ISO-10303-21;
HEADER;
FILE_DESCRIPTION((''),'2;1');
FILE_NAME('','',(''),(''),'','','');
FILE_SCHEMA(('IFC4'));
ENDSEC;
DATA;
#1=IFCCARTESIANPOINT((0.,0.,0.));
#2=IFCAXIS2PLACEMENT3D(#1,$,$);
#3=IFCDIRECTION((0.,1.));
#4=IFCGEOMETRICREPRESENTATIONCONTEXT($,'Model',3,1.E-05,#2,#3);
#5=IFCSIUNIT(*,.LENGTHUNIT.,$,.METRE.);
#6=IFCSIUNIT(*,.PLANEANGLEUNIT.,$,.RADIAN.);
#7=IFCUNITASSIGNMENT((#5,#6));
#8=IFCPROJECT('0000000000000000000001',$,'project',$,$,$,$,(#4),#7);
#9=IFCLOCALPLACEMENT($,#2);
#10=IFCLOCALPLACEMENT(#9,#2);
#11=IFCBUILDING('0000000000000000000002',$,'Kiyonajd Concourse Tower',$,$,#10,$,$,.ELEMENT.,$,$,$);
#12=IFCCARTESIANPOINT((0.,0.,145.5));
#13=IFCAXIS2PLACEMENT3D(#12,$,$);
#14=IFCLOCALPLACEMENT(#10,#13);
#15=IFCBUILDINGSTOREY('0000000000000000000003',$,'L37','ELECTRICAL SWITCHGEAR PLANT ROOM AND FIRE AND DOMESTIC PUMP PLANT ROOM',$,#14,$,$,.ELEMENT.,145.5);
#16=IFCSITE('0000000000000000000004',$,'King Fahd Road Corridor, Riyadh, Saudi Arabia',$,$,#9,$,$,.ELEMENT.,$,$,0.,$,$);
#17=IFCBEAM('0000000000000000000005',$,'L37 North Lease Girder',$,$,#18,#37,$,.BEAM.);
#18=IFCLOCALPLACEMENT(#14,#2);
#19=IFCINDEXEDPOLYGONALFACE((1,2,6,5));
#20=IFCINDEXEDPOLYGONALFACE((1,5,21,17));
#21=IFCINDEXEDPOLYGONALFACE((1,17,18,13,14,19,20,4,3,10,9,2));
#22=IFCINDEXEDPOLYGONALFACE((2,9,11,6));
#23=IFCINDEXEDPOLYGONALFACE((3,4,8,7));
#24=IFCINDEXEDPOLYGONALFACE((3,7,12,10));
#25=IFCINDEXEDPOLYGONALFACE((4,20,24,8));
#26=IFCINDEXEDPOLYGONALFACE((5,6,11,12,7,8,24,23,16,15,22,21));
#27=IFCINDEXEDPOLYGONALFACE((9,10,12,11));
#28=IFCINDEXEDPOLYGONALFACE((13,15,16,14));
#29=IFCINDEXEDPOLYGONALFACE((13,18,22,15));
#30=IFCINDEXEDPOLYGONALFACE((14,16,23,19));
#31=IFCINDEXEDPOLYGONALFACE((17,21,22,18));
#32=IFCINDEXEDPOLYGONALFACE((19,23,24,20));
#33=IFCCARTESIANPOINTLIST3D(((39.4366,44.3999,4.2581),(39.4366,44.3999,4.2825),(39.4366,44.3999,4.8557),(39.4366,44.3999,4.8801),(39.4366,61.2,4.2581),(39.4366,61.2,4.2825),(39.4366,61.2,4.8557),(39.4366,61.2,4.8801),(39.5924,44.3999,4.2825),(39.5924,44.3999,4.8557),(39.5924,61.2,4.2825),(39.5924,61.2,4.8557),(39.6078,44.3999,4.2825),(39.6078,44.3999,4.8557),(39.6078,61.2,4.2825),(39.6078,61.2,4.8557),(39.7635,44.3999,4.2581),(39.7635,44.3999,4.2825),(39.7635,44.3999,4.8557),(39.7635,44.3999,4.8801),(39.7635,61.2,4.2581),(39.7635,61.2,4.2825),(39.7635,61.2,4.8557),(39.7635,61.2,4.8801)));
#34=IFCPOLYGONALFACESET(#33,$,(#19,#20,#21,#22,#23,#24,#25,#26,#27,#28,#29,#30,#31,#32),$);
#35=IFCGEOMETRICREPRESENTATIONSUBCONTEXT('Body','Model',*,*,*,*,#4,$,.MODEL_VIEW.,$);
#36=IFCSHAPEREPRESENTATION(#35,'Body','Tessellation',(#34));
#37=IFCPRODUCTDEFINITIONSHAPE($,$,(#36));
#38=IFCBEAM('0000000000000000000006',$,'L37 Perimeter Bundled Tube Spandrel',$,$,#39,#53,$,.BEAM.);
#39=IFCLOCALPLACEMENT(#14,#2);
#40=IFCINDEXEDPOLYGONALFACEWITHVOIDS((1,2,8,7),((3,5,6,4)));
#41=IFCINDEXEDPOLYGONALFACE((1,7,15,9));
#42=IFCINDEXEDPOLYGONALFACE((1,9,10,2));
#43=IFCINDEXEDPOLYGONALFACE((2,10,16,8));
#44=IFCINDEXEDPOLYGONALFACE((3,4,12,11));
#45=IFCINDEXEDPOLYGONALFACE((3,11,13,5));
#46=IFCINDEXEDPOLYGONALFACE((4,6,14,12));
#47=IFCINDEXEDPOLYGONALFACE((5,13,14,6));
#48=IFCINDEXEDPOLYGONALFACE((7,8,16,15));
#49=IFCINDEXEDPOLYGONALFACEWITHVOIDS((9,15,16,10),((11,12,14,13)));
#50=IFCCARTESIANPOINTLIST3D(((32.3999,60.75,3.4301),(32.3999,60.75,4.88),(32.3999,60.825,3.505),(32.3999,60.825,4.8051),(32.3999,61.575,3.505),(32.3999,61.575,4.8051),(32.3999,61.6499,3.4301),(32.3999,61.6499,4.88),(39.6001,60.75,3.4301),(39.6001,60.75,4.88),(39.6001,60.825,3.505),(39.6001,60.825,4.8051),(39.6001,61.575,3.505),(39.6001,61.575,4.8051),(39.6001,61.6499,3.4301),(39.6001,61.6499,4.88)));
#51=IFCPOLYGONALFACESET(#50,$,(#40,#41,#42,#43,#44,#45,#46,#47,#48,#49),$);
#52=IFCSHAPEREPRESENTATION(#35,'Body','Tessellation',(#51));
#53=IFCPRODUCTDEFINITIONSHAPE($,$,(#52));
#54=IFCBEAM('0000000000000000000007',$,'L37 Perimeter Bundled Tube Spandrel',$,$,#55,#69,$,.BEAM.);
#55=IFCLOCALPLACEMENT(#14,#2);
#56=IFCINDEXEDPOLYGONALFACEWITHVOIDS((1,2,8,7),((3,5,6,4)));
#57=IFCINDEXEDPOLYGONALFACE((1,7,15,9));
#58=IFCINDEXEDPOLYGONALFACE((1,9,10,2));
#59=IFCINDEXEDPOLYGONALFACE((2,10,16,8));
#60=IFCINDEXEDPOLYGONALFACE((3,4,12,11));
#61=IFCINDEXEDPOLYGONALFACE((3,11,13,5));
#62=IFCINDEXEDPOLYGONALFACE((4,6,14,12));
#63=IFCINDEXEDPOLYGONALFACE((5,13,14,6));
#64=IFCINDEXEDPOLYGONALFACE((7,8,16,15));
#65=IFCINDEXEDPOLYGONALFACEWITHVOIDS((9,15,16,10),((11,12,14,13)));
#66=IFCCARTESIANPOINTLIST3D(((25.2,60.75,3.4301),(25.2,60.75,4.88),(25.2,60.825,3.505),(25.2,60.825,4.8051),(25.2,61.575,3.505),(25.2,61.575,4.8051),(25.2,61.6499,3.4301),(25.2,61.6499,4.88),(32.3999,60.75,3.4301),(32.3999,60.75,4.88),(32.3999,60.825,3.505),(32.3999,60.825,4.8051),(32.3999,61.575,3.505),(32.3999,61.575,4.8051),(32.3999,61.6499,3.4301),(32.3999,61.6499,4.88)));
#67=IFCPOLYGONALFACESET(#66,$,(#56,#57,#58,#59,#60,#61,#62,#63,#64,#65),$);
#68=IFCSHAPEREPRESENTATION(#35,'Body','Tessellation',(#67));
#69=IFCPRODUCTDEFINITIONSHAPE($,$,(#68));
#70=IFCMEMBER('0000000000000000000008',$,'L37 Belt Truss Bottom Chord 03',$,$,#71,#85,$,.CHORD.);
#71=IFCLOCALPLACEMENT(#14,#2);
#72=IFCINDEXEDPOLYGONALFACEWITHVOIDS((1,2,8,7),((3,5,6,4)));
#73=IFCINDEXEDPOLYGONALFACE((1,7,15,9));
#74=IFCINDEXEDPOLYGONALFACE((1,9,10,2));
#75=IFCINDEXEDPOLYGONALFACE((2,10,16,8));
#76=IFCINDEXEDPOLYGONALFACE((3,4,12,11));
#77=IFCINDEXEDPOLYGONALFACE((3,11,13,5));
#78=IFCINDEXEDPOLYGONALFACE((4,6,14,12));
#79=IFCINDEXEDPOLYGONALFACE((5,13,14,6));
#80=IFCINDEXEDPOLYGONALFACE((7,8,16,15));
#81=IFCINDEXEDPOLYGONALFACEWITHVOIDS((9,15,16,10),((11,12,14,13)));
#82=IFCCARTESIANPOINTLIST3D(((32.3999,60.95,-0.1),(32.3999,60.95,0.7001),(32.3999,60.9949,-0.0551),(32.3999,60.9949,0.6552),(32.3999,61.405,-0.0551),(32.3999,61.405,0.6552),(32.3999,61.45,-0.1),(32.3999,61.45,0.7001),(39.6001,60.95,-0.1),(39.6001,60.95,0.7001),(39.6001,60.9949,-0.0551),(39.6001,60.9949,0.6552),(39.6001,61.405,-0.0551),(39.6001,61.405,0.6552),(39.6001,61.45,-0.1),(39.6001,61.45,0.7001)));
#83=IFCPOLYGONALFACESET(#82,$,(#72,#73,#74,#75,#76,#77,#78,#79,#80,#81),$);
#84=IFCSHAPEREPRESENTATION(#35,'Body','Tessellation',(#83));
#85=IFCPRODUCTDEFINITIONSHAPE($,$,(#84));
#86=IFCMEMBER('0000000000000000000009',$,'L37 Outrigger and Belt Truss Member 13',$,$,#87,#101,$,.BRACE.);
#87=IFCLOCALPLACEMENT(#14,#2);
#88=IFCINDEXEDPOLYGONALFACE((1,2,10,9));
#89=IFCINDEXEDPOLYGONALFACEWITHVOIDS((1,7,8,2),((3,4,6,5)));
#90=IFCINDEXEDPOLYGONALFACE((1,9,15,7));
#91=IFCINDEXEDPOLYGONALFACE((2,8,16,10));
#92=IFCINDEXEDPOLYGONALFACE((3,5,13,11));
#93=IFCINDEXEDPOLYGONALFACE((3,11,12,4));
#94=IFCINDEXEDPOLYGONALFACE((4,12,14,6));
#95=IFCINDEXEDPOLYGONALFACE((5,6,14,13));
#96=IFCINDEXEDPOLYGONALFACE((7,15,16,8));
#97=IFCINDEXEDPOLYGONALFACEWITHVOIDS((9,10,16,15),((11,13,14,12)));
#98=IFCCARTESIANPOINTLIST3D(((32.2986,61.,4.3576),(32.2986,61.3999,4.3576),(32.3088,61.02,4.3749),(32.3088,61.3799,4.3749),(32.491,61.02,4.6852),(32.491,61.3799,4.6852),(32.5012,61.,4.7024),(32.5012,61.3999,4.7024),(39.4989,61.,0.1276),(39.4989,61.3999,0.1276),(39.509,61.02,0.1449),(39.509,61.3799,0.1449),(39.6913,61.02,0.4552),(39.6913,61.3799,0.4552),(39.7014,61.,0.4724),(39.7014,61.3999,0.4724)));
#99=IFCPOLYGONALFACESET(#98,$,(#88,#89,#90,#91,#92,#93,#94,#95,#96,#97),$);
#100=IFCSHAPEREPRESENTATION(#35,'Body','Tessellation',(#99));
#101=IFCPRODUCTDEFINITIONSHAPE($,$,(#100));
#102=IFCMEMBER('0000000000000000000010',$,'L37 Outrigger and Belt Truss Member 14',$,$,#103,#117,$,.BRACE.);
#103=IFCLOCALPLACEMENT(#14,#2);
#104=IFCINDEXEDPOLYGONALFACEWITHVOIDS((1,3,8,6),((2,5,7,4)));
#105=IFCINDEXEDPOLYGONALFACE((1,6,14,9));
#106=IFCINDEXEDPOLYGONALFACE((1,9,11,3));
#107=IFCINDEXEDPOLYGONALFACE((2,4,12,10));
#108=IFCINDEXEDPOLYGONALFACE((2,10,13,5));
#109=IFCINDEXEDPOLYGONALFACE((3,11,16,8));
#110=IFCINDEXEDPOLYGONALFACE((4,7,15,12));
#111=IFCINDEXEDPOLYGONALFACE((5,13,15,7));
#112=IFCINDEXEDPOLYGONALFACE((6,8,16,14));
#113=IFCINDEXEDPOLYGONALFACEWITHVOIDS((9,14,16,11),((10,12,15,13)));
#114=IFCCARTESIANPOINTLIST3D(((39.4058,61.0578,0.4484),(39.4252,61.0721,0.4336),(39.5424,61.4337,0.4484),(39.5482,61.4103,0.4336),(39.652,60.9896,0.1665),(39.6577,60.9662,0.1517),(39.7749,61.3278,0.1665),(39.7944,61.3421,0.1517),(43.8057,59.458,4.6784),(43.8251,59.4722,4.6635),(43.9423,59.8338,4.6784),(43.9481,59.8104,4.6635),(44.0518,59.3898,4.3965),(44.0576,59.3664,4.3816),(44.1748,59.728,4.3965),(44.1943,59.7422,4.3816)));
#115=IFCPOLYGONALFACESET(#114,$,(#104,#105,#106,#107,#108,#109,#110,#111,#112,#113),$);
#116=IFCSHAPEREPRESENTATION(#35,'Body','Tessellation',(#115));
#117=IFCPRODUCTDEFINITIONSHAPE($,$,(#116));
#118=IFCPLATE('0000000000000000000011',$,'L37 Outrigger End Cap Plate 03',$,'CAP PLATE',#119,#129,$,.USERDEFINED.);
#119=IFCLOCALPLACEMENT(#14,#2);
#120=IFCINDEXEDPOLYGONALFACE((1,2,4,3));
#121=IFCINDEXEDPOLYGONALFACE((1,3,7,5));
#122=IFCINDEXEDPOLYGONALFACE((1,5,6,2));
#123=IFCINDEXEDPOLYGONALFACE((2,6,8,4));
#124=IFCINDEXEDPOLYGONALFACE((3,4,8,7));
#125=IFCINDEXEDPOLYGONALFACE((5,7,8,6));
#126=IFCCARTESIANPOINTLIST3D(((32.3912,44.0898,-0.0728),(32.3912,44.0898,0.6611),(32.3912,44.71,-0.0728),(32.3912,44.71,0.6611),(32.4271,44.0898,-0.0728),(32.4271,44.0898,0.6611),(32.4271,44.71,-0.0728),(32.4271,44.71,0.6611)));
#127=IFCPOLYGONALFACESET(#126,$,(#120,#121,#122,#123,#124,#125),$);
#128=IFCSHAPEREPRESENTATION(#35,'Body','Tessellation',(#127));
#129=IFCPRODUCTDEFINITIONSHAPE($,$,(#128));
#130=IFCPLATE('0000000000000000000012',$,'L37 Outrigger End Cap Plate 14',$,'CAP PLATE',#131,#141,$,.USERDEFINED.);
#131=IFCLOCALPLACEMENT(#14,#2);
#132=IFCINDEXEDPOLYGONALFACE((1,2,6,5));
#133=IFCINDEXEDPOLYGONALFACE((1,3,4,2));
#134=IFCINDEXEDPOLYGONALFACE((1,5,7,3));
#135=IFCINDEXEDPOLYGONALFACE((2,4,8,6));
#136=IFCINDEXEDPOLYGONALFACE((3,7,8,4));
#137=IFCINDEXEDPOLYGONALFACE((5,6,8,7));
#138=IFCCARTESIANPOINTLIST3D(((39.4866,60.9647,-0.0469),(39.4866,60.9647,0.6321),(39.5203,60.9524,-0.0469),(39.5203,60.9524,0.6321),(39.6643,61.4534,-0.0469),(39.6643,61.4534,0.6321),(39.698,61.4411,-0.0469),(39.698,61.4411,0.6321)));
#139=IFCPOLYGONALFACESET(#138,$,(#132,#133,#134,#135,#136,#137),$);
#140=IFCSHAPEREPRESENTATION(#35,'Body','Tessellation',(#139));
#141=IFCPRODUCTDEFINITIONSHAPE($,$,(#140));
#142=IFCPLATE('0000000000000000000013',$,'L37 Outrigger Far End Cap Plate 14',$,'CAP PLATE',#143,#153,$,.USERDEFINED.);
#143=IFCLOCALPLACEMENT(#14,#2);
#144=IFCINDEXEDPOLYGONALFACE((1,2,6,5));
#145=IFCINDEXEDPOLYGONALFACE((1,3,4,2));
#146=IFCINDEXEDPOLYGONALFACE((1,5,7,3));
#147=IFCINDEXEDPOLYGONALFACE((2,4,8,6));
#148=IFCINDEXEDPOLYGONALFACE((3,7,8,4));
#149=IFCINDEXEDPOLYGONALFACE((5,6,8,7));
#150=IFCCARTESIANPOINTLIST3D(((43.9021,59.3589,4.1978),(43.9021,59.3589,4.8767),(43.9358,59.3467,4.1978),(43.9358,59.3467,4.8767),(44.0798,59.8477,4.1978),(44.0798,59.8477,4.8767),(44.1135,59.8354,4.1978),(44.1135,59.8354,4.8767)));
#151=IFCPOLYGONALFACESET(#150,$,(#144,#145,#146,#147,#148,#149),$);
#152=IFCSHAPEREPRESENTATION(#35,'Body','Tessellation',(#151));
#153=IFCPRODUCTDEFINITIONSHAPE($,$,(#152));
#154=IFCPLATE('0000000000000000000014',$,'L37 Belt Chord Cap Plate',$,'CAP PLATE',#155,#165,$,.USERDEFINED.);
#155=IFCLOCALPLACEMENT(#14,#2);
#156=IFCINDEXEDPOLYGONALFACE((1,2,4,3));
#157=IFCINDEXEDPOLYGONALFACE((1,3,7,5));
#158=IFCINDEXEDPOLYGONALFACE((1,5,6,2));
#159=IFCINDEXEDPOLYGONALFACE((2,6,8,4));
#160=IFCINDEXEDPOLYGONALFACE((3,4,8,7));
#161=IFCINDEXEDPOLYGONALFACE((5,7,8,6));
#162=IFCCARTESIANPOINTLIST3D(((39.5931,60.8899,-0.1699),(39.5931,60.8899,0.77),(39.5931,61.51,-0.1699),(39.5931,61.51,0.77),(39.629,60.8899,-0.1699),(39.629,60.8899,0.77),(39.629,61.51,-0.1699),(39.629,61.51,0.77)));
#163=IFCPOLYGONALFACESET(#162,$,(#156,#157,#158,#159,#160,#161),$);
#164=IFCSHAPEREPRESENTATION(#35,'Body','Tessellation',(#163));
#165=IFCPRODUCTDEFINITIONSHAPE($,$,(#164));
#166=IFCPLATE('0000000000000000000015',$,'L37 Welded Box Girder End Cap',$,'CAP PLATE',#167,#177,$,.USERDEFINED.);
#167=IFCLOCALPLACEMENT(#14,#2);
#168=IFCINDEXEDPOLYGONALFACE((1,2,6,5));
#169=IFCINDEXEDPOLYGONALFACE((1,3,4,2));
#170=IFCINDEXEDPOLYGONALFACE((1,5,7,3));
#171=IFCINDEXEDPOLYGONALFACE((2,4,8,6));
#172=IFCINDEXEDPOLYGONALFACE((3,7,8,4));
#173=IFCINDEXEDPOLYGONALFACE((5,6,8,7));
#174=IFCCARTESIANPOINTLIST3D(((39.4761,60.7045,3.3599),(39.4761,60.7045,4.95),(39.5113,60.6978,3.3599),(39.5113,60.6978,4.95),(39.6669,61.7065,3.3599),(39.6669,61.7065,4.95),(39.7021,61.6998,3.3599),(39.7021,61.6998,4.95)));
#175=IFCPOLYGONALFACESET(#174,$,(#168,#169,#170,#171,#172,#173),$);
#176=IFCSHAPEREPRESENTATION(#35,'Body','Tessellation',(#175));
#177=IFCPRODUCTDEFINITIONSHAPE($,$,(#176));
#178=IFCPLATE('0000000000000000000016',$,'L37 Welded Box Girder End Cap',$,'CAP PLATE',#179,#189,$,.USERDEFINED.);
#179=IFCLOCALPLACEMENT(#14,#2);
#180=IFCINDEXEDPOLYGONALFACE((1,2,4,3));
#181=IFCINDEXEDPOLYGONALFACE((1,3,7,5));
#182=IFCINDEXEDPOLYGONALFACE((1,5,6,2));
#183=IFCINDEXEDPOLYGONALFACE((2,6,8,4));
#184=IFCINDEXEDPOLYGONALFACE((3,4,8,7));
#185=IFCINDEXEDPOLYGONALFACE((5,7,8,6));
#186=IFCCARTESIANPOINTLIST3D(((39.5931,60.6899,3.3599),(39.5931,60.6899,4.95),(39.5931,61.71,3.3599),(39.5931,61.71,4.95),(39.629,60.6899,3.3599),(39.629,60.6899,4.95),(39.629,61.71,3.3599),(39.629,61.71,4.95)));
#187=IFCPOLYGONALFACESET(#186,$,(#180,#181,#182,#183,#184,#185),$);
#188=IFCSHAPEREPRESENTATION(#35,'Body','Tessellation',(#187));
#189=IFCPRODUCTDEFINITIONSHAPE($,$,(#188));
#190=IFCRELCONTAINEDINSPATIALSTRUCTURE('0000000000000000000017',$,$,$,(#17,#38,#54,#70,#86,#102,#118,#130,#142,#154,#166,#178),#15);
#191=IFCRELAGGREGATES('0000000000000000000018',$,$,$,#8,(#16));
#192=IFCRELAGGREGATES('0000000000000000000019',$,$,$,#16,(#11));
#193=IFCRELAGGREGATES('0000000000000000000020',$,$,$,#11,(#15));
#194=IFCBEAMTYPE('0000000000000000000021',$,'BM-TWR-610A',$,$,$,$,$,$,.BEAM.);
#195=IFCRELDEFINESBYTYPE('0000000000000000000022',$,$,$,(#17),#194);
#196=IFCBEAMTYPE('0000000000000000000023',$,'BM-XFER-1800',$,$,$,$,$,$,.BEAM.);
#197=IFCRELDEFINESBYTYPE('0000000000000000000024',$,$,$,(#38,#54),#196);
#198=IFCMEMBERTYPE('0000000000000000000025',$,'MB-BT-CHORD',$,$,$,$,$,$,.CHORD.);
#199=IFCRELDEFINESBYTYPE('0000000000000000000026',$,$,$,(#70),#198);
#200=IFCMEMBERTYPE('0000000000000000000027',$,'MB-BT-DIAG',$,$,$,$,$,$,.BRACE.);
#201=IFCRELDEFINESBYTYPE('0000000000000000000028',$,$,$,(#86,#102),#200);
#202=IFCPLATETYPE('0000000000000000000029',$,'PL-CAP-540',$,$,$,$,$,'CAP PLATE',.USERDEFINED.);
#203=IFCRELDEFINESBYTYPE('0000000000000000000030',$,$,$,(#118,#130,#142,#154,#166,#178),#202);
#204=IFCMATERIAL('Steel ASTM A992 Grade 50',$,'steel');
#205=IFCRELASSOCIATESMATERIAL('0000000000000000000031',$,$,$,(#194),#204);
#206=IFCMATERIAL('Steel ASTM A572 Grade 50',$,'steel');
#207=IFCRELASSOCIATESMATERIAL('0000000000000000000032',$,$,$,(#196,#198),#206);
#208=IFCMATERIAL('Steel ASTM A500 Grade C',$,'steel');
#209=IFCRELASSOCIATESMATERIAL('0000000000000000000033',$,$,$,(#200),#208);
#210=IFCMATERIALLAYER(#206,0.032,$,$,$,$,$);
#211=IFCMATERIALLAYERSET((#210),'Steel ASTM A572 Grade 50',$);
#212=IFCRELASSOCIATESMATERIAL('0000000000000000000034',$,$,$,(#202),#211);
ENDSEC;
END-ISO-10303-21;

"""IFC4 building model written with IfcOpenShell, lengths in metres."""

from ifc_helpers import new_model, si_unit, direction, frame, origin, origin_2d, place, context, subcontext, project, spatial, rectangle, hollow_rectangle, i_section, extrude, material, layer, layer_set, material_profile, profile_set, type_object, element, save


model = new_model("IFC4")

# Units and contexts
model_context = context("Model", 3, precision=1e-05, world=origin(), true_north=direction((0.0, 1.0)))
body_context = subcontext(model_context, "Body", "Model", "MODEL_VIEW")
ifc_project = project(units=[si_unit("LENGTHUNIT", "METRE"), si_unit("PLANEANGLEUNIT", "RADIAN")], contexts=[model_context])

# Site, building, storey
site_placement = place(None, origin())
site = spatial("IfcSite", under=ifc_project, at=site_placement, Name="King Fahd Road Corridor, Riyadh, Saudi Arabia", CompositionType="ELEMENT", RefElevation=0.0)
building_placement = place(site_placement, origin())
building = spatial("IfcBuilding", under=site, at=building_placement, Name="Kiyonajd Concourse Tower", CompositionType="ELEMENT")
storey_placement = place(building_placement, frame((0.0, 0.0, 145.5)))
storey = spatial("IfcBuildingStorey", under=building, at=storey_placement, Name="L37", Description="ELECTRICAL SWITCHGEAR PLANT ROOM AND FIRE AND DOMESTIC PUMP PLANT ROOM", CompositionType="ELEMENT", Elevation=145.5)

# Beams
ifc_material_1 = material(Name="Steel ASTM A992 Grade 50", Category="steel")
ifc_material_profile_1 = material_profile(ifc_material_1, i_section(OverallWidth=0.3269, OverallDepth=0.6221, WebThickness=0.0154, FlangeThickness=0.0244, at=origin_2d()), Name="W610X195")
ifc_profile_set_1 = profile_set([ifc_material_profile_1], Name="Steel ASTM A992 Grade 50")
beam_type_1 = type_object("IfcBeamType", Name="BM-TWR-610A", PredefinedType="BEAM", material=ifc_profile_set_1)
beam_1_placement = place(storey_placement, frame((39.6001, 44.3999, 4.5691), z_axis=(0.0, 1.0, 0.0), x_axis=(-1.0, 0.0, 0.0)))
element("IfcBeam", 1, at=beam_1_placement, inside=storey, type_object=beam_type_1, Name="L37 North Lease Girder", PredefinedType="BEAM", context=body_context, shape_type="SweptSolid", body=[
    extrude(i_section(OverallWidth=0.3269, OverallDepth=0.6221, WebThickness=0.0154, FlangeThickness=0.0244, at=origin_2d()), origin(), (0.0, 0.0, 1.0), 16.8),
])
ifc_material_2 = material(Name="Steel ASTM A572 Grade 50", Category="steel")
ifc_material_profile_2 = material_profile(ifc_material_2, hollow_rectangle(XDim=0.8999, YDim=1.45, WallThickness=0.075, at=origin_2d()), Name="BOX-1450x900x75")
ifc_profile_set_2 = profile_set([ifc_material_profile_2], Name="Steel ASTM A572 Grade 50")
beam_type_2 = type_object("IfcBeamType", Name="BM-XFER-1800", PredefinedType="BEAM", material=ifc_profile_set_2)
beam_2_placement = place(storey_placement, frame((39.6001, 61.2, 4.155), z_axis=(-1.0, 0.0, 0.0), x_axis=(0.0, -1.0, 0.0)))
element("IfcBeam", 2, at=beam_2_placement, inside=storey, type_object=beam_type_2, Name="L37 Perimeter Bundled Tube Spandrel", PredefinedType="BEAM", context=body_context, shape_type="SweptSolid", body=[
    extrude(hollow_rectangle(XDim=0.8999, YDim=1.45, WallThickness=0.075, at=origin_2d()), origin(), (0.0, 0.0, 1.0), 7.2002),
])
beam_3_placement = place(storey_placement, frame((32.3999, 61.2, 4.155), z_axis=(-1.0, 0.0, 0.0), x_axis=(0.0, -1.0, 0.0)))
element("IfcBeam", 3, at=beam_3_placement, inside=storey, type_object=beam_type_2, Name="L37 Perimeter Bundled Tube Spandrel", PredefinedType="BEAM", context=body_context, shape_type="SweptSolid", body=[
    extrude(hollow_rectangle(XDim=0.8999, YDim=1.45, WallThickness=0.075, at=origin_2d()), origin(), (0.0, 0.0, 1.0), 7.2),
])

# Members
ifc_material_profile_3 = material_profile(ifc_material_2, hollow_rectangle(XDim=0.5, YDim=0.8, WallThickness=0.0449, at=origin_2d()), Name="BOX-800x500x45")
ifc_profile_set_3 = profile_set([ifc_material_profile_3], Name="Steel ASTM A572 Grade 50")
member_type_1 = type_object("IfcMemberType", Name="MB-BT-CHORD", PredefinedType="CHORD", material=ifc_profile_set_3)
member_1_placement = place(storey_placement, frame((32.3999, 61.2, 0.3), z_axis=(1.0, 0.0, 0.0), x_axis=(0.0, 1.0, 0.0)))
element("IfcMember", 4, at=member_1_placement, inside=storey, type_object=member_type_1, Name="L37 Belt Truss Bottom Chord 03", PredefinedType="CHORD", context=body_context, shape_type="SweptSolid", body=[
    extrude(hollow_rectangle(XDim=0.5, YDim=0.8, WallThickness=0.0449, at=origin_2d()), origin(), (0.0, 0.0, 1.0), 7.2002),
])
ifc_material_3 = material(Name="Steel ASTM A500 Grade C", Category="steel")
ifc_material_profile_4 = material_profile(ifc_material_3, hollow_rectangle(XDim=0.3999, YDim=0.3999, WallThickness=0.02, at=origin_2d()), Name="HSS-400x400x20")
ifc_profile_set_4 = profile_set([ifc_material_profile_4], Name="Steel ASTM A500 Grade C")
member_type_2 = type_object("IfcMemberType", Name="MB-BT-DIAG", PredefinedType="BRACE", material=ifc_profile_set_4)
member_2_placement = place(storey_placement, frame((32.3999, 61.2, 4.53), z_axis=(0.862218, 0.0, -0.506537), x_axis=(0.0, 1.0, 0.0)))
element("IfcMember", 5, at=member_2_placement, inside=storey, type_object=member_type_2, Name="L37 Outrigger and Belt Truss Member 13", PredefinedType="BRACE", context=body_context, shape_type="SweptSolid", body=[
    extrude(hollow_rectangle(XDim=0.3999, YDim=0.3999, WallThickness=0.02, at=origin_2d()), origin(), (0.0, 0.0, 1.0), 8.3508),
])
member_3_placement = place(storey_placement, frame((39.6001, 61.2, 0.3), z_axis=(0.697331, -0.253557, 0.670401), x_axis=(0.341722, 0.939801, 0.0)))
element("IfcMember", 6, at=member_3_placement, inside=storey, type_object=member_type_2, Name="L37 Outrigger and Belt Truss Member 14", PredefinedType="BRACE", context=body_context, shape_type="SweptSolid", body=[
    extrude(hollow_rectangle(XDim=0.3999, YDim=0.3999, WallThickness=0.02, at=origin_2d()), origin(), (0.0, 0.0, 1.0), 6.3096),
])

# Plates
ifc_layer_1 = layer(ifc_material_2, 0.032)
ifc_layer_set_1 = layer_set([ifc_layer_1], Name="Steel ASTM A572 Grade 50")
plate_type = type_object("IfcPlateType", Name="PL-CAP-540", ElementType="CAP PLATE", PredefinedType="USERDEFINED", material=ifc_layer_set_1)
plate_1_placement = place(storey_placement, frame((32.4092, 44.3999, -0.0728), z_axis=(0.0, 0.0, 1.0), x_axis=(1.0, 0.0, 0.0)))
element("IfcPlate", 7, at=plate_1_placement, inside=storey, type_object=plate_type, Name="L37 Outrigger End Cap Plate 03", ObjectType="CAP PLATE", PredefinedType="USERDEFINED", context=body_context, shape_type="SweptSolid", body=[
    extrude(rectangle(XDim=0.0359, YDim=0.6201, at=origin_2d()), origin(), (0.0, 0.0, 1.0), 0.7339),
])
for number, where, z_axis, x_axis, name in (
    (8, (39.5923, 61.2029, -0.0469), (0.0, 0.0, 1.0), (-0.939812, 0.341692, 0.0), "L37 Outrigger End Cap Plate 14"),
    (9, (44.0078, 59.5972, 4.1978), (0.0, 0.0, 1.0), (0.939812, -0.341692, 0.0), "L37 Outrigger Far End Cap Plate 14"),
):
    element("IfcPlate", number, at=place(storey_placement, frame(where, z_axis=z_axis, x_axis=x_axis)), inside=storey, type_object=plate_type, Name=name, ObjectType="CAP PLATE", PredefinedType="USERDEFINED", context=body_context, shape_type="SweptSolid", body=[
        extrude(rectangle(XDim=0.0359, YDim=0.52, at=origin_2d()), origin(), (0.0, 0.0, 1.0), 0.679),
    ])
plate_2_placement = place(storey_placement, frame((39.6111, 61.2, -0.1699), z_axis=(0.0, 0.0, 1.0), x_axis=(1.0, 0.0, 0.0)))
element("IfcPlate", 10, at=plate_2_placement, inside=storey, type_object=plate_type, Name="L37 Belt Chord Cap Plate", ObjectType="CAP PLATE", PredefinedType="USERDEFINED", context=body_context, shape_type="SweptSolid", body=[
    extrude(rectangle(XDim=0.0359, YDim=0.6201, at=origin_2d()), origin(), (0.0, 0.0, 1.0), 0.9399),
])
for number, where, z_axis, x_axis, name in (
    (11, (39.5891, 61.2021, 3.3599), (0.0, 0.0, 1.0), (-0.982353, 0.187038, 0.0), "L37 Welded Box Girder End Cap"),
    (12, (39.6111, 61.2, 3.3599), (0.0, 0.0, 1.0), (1.0, 0.0, 0.0), "L37 Welded Box Girder End Cap"),
):
    element("IfcPlate", number, at=place(storey_placement, frame(where, z_axis=z_axis, x_axis=x_axis)), inside=storey, type_object=plate_type, Name=name, ObjectType="CAP PLATE", PredefinedType="USERDEFINED", context=body_context, shape_type="SweptSolid", body=[
        extrude(rectangle(XDim=0.0359, YDim=1.02, at=origin_2d()), origin(), (0.0, 0.0, 1.0), 1.5901),
    ])

save(model, "model.ifc")
